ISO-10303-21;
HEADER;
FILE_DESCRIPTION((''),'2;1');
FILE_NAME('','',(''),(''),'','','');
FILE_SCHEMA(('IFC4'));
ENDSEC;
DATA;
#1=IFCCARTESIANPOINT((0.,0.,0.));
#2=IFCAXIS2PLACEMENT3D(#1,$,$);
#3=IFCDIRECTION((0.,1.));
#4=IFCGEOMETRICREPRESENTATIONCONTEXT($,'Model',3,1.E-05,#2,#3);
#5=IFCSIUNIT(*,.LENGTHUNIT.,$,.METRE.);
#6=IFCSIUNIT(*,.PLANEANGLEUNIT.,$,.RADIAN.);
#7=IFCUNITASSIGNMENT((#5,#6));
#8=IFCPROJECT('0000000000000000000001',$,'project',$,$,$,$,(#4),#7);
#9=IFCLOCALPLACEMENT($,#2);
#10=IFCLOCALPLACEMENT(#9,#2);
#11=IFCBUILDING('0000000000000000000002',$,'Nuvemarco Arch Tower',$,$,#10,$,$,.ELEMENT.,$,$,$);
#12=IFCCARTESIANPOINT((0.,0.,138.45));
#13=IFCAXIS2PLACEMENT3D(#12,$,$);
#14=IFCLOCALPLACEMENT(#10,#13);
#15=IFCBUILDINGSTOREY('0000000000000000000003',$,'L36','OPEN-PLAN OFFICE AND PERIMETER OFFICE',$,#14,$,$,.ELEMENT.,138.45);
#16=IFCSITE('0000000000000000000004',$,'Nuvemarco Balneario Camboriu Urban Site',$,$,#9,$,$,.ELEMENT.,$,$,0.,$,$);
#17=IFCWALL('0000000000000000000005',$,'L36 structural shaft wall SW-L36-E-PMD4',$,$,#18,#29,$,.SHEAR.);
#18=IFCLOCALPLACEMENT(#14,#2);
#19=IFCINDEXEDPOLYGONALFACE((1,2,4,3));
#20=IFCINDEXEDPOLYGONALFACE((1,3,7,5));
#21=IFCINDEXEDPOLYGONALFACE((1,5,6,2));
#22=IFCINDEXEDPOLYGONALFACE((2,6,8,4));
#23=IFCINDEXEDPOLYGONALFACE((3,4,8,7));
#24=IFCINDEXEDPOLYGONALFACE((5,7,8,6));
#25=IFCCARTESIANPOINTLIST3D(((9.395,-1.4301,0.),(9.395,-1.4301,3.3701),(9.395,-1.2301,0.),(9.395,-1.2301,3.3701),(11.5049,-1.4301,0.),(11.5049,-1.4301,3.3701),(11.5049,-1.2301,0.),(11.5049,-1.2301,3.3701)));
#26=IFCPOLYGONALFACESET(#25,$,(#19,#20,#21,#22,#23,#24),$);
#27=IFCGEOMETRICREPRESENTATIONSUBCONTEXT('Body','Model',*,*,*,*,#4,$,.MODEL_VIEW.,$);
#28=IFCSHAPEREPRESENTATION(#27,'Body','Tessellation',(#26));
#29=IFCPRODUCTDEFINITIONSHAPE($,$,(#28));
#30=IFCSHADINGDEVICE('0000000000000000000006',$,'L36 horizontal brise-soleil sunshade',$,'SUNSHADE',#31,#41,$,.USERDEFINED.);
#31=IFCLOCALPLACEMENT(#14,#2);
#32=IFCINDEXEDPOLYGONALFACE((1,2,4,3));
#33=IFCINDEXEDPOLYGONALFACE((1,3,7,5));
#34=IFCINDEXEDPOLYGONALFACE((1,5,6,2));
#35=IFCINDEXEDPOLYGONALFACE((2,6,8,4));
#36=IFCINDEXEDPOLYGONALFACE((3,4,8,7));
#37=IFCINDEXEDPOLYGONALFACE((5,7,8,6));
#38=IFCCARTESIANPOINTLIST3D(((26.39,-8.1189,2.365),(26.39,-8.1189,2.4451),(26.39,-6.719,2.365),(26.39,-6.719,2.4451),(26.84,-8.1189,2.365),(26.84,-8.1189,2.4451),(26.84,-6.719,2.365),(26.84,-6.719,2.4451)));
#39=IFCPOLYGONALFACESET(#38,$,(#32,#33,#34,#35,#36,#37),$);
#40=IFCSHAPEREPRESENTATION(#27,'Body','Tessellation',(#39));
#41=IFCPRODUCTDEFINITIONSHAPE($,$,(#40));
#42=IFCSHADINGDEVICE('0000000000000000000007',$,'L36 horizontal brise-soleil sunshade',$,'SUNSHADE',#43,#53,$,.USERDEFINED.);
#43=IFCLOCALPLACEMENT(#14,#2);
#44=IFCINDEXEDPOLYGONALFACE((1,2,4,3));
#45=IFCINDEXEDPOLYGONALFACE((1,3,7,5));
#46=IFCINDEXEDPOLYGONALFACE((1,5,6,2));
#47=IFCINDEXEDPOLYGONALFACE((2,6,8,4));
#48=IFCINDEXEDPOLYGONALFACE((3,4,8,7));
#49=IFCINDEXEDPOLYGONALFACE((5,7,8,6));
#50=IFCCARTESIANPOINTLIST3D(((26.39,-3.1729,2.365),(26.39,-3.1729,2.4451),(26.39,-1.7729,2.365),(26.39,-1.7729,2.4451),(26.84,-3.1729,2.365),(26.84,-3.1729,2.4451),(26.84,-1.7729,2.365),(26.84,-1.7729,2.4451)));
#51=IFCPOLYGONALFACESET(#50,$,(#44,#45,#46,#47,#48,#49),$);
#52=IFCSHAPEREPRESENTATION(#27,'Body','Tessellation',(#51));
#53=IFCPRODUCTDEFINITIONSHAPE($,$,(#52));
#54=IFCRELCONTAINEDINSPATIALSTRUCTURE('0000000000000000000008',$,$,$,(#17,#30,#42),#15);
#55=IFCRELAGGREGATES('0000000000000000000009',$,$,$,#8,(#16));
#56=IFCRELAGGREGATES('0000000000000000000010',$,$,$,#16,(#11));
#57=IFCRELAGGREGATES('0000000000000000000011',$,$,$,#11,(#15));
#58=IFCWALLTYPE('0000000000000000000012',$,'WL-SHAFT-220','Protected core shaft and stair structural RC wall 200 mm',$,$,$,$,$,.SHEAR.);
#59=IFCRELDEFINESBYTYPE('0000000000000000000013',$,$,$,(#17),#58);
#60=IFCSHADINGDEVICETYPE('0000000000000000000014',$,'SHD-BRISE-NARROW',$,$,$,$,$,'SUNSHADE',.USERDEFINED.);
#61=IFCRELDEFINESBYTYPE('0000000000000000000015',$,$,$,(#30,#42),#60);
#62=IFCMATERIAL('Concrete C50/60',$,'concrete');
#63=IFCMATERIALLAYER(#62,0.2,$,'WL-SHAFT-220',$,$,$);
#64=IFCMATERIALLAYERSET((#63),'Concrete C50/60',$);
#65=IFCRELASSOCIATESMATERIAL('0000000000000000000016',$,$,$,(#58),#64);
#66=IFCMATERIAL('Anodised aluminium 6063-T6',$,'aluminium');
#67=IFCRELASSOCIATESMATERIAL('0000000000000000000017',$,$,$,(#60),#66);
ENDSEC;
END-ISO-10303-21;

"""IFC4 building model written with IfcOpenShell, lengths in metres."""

from ifc_helpers import new_model, si_unit, direction, frame, frame_2d, origin, origin_2d, place, context, subcontext, project, spatial, rectangle, extrude, source, transform, mapped, material, layer, layer_set, type_object, type_shapes, element, save


model = new_model("IFC4")

# Units and contexts
model_context = context("Model", 3, precision=1e-05, world=origin(), true_north=direction((0.0, 1.0)))
body_context = subcontext(model_context, "Body", "Model", "MODEL_VIEW")
ifc_project = project(units=[si_unit("LENGTHUNIT", "METRE"), si_unit("PLANEANGLEUNIT", "RADIAN")], contexts=[model_context])

# Site, building, storey
site_placement = place(None, origin())
site = spatial("IfcSite", under=ifc_project, at=site_placement, Name="Nuvemarco Balneario Camboriu Urban Site", CompositionType="ELEMENT", RefElevation=0.0)
building_placement = place(site_placement, origin())
building = spatial("IfcBuilding", under=site, at=building_placement, Name="Nuvemarco Arch Tower", CompositionType="ELEMENT")
storey_placement = place(building_placement, frame((0.0, 0.0, 138.45)))
storey = spatial("IfcBuildingStorey", under=building, at=storey_placement, Name="L36", Description="OPEN-PLAN OFFICE AND PERIMETER OFFICE", CompositionType="ELEMENT", Elevation=138.45)

# Shared definitions
ifc_material_1 = material(Name="Concrete C50/60", Category="concrete")

# Shared definitions
ifc_layer_1 = layer(ifc_material_1, 0.2, Name="WL-SHAFT-220")
ifc_layer_set_1 = layer_set([ifc_layer_1], Name="Concrete C50/60")
wall_type_1 = type_object("IfcWallType", Name="WL-SHAFT-220", Description="Protected core shaft and stair structural RC wall 200 mm", PredefinedType="SHEAR", material=ifc_layer_set_1)

# Wall
for number, where, z_axis, x_axis, name in (
    (1, (9.395, -1.3301, 0.0), (0.0, 0.0, 1.0), (1.0, 0.0, 0.0), "L36 structural shaft wall SW-L36-E-PMD4"),
):
    element("IfcWall", number, at=place(storey_placement, frame(where, z_axis=z_axis, x_axis=x_axis)), inside=storey, type_object=wall_type_1, Name=name, PredefinedType="SHEAR", context=body_context, shape_type="SweptSolid", body=[
        extrude(rectangle(XDim=2.1099, YDim=0.2, at=frame_2d((1.0549, 0.0))), origin(), (0.0, 0.0, 1.0), 3.3701),
    ])

# Shading devices
ifc_material_2 = material(Name="Anodised aluminium 6063-T6", Category="aluminium")
shading_device_type = type_object("IfcShadingDeviceType", Name="SHD-BRISE-NARROW", ElementType="SUNSHADE", PredefinedType="USERDEFINED", material=ifc_material_2)
shared_shape_1 = source(origin(), body_context, "Body", "SweptSolid", [
    extrude(rectangle(XDim=1.3999, YDim=0.45, at=origin_2d()), origin(), (0.0, 0.0, 1.0), 0.0801),
])
type_shapes(shading_device_type, [shared_shape_1])
for number, where, z_axis, x_axis, name in (
    (2, (26.615, -7.4189, 2.365), (0.0, 0.0, 1.0), (0.0, 1.0, 0.0), "L36 horizontal brise-soleil sunshade"),
    (3, (26.615, -2.4729, 2.365), (0.0, 0.0, 1.0), (0.0, 1.0, 0.0), "L36 horizontal brise-soleil sunshade"),
):
    element("IfcShadingDevice", number, at=place(storey_placement, frame(where, z_axis=z_axis, x_axis=x_axis)), inside=storey, type_object=shading_device_type, Name=name, ObjectType="SUNSHADE", PredefinedType="USERDEFINED", context=body_context, shape_type="MappedRepresentation", body=[
        mapped(shared_shape_1, transform((0.0, 0.0, 0.0), scale=1.0)),
    ])

save(model, "model.ifc")
